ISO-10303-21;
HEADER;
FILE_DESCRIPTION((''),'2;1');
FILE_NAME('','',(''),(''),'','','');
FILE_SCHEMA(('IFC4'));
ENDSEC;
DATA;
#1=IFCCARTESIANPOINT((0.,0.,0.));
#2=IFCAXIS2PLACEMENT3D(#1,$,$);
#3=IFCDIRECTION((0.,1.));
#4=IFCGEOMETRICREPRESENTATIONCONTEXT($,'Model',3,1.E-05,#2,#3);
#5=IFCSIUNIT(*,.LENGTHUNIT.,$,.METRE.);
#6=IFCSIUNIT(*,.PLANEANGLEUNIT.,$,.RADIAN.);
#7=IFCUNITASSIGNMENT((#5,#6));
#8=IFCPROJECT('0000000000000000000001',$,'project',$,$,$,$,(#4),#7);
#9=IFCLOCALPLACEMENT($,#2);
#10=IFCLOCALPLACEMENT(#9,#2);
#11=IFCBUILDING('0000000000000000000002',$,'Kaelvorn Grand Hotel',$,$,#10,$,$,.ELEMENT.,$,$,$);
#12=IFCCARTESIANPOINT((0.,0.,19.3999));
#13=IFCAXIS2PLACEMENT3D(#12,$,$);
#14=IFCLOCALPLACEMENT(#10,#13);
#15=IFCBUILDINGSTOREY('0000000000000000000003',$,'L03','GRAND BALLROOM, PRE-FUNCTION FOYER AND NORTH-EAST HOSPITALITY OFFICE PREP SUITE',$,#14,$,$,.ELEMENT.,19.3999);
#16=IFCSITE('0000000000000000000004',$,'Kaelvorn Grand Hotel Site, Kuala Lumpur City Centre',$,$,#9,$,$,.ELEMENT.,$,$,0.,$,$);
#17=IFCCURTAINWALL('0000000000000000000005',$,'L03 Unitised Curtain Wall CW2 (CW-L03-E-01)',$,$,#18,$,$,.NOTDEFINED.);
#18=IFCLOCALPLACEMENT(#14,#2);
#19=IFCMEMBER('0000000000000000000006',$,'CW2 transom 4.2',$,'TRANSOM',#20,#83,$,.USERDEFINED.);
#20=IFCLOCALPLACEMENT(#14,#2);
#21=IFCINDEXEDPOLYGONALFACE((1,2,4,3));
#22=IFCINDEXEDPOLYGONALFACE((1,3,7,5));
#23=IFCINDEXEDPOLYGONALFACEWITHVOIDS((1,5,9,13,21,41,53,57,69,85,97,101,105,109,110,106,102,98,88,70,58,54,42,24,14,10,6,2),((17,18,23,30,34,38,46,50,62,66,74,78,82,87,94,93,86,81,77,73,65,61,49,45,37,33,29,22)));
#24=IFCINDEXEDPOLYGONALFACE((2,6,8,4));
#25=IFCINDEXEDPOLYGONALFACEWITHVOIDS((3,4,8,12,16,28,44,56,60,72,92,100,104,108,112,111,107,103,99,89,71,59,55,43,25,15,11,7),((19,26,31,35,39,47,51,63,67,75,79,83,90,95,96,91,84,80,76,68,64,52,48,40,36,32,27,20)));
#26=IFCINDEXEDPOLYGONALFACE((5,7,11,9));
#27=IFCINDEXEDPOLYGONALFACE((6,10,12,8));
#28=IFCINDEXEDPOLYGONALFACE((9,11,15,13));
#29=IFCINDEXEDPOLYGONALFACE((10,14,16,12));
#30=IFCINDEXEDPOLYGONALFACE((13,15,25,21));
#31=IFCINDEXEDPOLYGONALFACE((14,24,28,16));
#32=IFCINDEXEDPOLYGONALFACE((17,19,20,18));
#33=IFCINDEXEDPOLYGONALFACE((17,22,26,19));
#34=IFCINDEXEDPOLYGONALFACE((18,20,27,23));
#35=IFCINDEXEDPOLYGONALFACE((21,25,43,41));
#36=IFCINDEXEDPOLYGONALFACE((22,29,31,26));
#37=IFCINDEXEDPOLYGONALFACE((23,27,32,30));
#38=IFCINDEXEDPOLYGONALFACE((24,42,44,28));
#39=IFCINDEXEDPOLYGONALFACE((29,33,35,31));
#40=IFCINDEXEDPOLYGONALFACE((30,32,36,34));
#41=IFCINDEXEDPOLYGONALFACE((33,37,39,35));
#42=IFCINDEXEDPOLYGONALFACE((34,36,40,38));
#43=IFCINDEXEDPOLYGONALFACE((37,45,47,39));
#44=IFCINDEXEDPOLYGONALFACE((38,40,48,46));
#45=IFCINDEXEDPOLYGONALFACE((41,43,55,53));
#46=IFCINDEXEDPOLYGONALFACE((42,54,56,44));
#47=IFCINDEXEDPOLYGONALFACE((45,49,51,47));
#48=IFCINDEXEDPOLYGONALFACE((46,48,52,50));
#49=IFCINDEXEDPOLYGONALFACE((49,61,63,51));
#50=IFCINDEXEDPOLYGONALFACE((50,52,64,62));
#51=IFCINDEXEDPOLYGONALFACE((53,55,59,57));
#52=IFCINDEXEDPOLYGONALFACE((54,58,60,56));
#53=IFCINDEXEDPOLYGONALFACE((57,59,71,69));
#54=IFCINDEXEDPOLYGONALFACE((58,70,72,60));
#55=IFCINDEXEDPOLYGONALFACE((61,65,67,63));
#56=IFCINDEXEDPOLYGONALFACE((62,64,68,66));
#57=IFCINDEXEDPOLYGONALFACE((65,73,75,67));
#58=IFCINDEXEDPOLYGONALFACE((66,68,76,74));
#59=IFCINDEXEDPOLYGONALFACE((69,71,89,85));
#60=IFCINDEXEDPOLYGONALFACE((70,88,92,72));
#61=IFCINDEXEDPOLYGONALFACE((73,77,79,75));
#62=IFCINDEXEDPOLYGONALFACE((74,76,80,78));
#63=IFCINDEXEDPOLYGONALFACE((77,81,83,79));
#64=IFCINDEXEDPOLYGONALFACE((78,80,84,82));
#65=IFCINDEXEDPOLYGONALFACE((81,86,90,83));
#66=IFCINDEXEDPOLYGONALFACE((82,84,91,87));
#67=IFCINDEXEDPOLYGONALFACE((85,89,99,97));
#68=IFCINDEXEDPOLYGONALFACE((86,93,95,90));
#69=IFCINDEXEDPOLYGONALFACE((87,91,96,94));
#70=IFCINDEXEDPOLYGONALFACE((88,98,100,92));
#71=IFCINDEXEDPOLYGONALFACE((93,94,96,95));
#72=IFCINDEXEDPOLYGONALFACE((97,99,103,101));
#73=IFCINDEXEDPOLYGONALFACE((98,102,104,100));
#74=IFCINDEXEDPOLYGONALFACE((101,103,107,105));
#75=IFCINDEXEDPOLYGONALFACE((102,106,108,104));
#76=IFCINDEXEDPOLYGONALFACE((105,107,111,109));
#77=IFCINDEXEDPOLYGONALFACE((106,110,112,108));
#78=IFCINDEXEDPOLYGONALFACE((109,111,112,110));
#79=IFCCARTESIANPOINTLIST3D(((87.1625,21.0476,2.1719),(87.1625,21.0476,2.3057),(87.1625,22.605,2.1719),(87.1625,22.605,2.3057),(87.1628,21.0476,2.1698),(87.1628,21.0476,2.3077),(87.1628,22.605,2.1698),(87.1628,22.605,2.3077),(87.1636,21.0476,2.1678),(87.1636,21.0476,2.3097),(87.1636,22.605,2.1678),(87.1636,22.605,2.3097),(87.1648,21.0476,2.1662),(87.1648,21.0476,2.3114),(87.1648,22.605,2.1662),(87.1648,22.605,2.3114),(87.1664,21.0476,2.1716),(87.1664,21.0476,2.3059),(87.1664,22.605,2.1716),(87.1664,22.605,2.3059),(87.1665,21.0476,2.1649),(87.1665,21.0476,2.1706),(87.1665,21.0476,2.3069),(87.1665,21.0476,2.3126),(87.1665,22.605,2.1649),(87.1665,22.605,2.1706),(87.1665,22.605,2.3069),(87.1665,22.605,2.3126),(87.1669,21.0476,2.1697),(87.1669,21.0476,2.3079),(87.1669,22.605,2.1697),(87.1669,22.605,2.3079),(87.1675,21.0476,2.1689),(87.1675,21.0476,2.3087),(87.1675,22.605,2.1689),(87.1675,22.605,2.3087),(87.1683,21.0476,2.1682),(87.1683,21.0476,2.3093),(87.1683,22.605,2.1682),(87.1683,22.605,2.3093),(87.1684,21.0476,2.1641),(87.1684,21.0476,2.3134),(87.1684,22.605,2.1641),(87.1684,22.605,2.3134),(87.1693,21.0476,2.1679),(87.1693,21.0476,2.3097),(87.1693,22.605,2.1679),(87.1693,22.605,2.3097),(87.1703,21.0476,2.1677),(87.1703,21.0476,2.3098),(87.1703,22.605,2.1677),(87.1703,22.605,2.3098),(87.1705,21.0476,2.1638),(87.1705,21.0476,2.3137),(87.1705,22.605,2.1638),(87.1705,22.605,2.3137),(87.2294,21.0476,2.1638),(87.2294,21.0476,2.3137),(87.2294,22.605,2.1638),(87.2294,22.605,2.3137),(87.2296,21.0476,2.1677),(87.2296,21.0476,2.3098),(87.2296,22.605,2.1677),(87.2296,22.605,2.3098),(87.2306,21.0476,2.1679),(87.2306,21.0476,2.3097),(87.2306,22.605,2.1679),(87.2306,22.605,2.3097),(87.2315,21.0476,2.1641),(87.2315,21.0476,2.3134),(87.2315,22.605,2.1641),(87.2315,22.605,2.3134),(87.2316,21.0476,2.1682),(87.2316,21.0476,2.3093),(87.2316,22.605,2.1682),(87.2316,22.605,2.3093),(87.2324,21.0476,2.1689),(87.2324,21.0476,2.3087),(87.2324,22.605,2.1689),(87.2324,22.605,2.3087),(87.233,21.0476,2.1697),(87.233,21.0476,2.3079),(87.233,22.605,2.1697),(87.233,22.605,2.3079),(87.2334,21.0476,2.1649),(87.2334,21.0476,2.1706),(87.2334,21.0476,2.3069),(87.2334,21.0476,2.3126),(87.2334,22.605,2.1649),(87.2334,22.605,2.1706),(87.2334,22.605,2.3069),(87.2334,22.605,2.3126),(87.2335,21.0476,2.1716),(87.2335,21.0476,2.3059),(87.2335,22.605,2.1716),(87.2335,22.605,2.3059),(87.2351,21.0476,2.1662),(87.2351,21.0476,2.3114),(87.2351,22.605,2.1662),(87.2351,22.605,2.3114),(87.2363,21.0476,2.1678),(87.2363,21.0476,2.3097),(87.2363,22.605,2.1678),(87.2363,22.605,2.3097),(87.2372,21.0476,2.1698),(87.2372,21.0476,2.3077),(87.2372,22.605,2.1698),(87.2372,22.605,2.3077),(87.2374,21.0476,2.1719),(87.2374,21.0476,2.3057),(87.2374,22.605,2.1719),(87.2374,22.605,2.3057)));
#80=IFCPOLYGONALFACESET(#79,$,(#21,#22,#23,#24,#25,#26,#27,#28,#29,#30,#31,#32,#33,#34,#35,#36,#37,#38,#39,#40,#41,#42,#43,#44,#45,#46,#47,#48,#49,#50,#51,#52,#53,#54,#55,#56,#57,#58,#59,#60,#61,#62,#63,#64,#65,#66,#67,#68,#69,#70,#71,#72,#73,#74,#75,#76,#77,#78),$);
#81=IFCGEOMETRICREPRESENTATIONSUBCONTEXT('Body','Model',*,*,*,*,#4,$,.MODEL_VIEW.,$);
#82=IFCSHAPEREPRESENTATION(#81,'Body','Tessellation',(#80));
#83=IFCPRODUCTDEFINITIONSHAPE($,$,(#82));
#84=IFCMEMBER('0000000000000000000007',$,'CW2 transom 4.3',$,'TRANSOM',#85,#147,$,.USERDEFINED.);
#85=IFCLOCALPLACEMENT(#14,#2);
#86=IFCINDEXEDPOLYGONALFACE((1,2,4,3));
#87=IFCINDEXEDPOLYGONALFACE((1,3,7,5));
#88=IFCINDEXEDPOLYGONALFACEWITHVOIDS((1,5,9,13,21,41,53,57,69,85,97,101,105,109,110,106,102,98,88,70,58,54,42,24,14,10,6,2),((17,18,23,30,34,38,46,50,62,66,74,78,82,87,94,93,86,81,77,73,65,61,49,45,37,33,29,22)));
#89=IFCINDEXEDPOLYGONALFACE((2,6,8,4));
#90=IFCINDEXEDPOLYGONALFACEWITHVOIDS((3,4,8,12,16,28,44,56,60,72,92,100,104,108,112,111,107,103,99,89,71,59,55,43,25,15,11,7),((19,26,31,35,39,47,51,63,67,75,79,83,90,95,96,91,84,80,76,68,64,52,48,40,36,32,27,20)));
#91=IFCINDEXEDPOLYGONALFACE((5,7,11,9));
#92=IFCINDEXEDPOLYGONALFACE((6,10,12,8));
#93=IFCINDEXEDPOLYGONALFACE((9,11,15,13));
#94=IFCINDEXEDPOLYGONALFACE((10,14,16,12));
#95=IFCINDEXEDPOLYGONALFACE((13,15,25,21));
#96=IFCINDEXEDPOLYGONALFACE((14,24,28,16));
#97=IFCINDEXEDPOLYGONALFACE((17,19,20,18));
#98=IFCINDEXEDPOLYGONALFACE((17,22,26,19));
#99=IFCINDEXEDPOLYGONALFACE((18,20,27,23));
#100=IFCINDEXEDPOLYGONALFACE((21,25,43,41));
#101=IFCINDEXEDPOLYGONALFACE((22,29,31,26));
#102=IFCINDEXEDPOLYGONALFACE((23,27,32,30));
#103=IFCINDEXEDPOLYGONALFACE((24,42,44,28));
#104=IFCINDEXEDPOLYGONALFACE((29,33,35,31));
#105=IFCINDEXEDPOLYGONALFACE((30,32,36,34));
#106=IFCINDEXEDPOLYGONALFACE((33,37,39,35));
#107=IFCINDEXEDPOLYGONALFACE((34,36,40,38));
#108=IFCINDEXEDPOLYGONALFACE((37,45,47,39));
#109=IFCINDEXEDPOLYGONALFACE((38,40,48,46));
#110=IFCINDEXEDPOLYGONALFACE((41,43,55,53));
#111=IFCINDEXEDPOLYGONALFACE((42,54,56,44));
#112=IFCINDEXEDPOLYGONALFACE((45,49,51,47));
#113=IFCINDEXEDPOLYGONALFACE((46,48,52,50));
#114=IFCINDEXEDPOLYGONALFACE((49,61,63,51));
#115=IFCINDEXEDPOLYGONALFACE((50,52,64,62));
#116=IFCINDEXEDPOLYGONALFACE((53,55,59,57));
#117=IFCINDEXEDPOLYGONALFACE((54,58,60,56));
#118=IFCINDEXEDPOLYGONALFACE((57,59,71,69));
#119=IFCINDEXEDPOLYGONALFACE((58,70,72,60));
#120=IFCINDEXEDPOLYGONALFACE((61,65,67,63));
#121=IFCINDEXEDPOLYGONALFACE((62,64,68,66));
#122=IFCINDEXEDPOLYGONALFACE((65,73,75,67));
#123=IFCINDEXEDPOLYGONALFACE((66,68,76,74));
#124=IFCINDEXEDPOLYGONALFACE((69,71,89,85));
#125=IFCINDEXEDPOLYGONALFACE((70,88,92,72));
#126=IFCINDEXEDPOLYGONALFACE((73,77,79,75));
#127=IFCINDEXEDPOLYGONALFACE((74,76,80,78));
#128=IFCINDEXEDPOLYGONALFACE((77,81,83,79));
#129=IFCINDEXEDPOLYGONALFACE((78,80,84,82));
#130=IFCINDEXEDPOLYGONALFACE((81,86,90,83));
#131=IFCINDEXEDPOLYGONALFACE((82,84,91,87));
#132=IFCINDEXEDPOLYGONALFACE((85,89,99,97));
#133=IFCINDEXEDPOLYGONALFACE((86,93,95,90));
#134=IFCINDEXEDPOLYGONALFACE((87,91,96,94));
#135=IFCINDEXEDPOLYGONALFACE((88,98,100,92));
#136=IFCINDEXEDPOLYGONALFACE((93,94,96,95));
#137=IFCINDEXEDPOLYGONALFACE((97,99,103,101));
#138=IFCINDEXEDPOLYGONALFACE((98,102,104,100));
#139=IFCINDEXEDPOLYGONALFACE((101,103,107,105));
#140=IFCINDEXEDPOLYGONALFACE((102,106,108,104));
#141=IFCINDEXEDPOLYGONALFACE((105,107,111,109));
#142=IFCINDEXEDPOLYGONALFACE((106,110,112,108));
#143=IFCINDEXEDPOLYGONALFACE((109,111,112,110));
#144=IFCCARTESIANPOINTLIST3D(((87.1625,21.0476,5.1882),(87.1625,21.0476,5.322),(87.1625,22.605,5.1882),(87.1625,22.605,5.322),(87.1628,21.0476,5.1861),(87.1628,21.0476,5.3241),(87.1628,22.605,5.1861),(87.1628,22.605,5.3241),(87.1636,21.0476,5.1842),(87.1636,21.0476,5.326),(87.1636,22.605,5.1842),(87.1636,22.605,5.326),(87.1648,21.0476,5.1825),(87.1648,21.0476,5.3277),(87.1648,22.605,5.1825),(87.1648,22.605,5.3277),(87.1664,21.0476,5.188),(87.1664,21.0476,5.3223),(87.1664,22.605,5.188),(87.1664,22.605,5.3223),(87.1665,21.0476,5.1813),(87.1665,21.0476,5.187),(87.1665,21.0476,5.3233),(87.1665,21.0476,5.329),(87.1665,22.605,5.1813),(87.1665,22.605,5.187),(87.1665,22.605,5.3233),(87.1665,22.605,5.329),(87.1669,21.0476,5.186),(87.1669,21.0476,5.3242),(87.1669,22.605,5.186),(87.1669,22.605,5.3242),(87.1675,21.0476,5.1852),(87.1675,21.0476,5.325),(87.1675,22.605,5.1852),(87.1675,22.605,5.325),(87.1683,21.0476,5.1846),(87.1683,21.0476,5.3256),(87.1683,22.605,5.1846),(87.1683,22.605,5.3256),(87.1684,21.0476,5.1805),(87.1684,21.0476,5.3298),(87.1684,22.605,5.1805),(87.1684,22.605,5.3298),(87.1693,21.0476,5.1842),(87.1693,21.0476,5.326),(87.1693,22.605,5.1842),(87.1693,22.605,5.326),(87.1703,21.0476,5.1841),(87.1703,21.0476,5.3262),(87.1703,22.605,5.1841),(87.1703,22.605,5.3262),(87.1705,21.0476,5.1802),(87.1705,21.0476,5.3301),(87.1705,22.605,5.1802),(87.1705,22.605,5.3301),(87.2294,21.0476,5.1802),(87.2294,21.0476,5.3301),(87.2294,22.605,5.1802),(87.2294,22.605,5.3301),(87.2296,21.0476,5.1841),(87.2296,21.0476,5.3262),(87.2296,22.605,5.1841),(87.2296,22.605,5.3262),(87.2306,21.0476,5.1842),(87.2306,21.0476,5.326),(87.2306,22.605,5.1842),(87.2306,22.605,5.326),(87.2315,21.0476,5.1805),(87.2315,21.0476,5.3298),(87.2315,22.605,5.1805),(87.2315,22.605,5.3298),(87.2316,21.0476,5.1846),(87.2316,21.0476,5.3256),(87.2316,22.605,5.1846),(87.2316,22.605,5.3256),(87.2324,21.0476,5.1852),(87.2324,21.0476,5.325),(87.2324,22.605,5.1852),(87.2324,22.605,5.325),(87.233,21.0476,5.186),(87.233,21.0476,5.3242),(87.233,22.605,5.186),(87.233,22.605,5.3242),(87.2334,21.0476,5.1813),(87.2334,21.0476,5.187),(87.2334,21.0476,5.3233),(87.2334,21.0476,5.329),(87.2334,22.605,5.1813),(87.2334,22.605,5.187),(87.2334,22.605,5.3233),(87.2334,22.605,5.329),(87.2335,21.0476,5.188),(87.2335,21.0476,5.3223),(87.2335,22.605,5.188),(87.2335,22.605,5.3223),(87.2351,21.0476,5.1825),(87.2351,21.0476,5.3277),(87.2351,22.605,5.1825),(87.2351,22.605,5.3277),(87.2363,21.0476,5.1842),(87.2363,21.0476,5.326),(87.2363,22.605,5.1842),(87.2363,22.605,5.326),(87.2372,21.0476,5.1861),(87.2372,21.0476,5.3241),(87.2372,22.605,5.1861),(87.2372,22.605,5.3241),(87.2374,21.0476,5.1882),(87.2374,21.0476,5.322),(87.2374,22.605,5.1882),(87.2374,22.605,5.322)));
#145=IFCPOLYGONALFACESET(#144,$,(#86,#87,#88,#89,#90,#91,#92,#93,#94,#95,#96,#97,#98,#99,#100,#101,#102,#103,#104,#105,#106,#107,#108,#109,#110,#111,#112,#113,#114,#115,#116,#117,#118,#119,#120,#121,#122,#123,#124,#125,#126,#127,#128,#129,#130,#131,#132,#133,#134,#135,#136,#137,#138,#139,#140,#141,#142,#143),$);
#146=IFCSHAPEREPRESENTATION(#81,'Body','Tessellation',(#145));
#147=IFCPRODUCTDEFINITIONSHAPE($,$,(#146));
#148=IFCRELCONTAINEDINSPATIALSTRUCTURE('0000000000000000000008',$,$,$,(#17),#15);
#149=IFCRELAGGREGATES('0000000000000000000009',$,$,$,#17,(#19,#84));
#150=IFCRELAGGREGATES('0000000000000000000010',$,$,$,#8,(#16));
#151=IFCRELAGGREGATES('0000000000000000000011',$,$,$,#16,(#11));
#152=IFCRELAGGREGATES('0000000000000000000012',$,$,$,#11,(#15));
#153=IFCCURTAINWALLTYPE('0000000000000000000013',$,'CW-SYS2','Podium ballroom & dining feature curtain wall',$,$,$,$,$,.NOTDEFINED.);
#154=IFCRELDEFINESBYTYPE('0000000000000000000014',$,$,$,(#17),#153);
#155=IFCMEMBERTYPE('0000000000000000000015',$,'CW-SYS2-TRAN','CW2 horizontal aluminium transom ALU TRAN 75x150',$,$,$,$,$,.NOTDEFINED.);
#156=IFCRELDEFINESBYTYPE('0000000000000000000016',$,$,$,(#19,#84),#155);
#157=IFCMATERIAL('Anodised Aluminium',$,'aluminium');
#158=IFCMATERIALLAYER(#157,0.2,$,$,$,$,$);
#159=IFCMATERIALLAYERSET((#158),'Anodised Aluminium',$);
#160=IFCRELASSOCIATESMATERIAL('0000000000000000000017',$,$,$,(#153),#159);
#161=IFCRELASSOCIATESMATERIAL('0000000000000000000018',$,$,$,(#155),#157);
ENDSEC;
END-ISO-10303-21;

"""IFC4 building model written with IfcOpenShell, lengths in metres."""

from ifc_helpers import new_model, si_unit, direction, frame, origin, origin_2d, place, context, subcontext, project, spatial, hollow_rectangle, extrude, material, layer, layer_set, material_profile, profile_set, type_object, element, aggregate, save


model = new_model("IFC4")

# Units and contexts
model_context = context("Model", 3, precision=1e-05, world=origin(), true_north=direction((0.0, 1.0)))
body_context = subcontext(model_context, "Body", "Model", "MODEL_VIEW")
ifc_project = project(units=[si_unit("LENGTHUNIT", "METRE"), si_unit("PLANEANGLEUNIT", "RADIAN")], contexts=[model_context])

# Site, building, storey
site_placement = place(None, origin())
site = spatial("IfcSite", under=ifc_project, at=site_placement, Name="Kaelvorn Grand Hotel Site, Kuala Lumpur City Centre", CompositionType="ELEMENT", RefElevation=0.0)
building_placement = place(site_placement, origin())
building = spatial("IfcBuilding", under=site, at=building_placement, Name="Kaelvorn Grand Hotel", CompositionType="ELEMENT")
storey_placement = place(building_placement, frame((0.0, 0.0, 19.3999)))
storey = spatial("IfcBuildingStorey", under=building, at=storey_placement, Name="L03", Description="GRAND BALLROOM, PRE-FUNCTION FOYER AND NORTH-EAST HOSPITALITY OFFICE PREP SUITE", CompositionType="ELEMENT", Elevation=19.3999)

# Curtain wall
ifc_material_1 = material(Name="Anodised Aluminium", Category="aluminium")
ifc_layer_1 = layer(ifc_material_1, 0.2)
ifc_layer_set_1 = layer_set([ifc_layer_1], Name="Anodised Aluminium")
curtain_wall_type = type_object("IfcCurtainWallType", Name="CW-SYS2", Description="Podium ballroom & dining feature curtain wall", PredefinedType="NOTDEFINED", material=ifc_layer_set_1)
curtain_wall_1_placement = place(storey_placement, origin())
curtain_wall_1 = element("IfcCurtainWall", 1, at=curtain_wall_1_placement, inside=storey, type_object=curtain_wall_type, Name="L03 Unitised Curtain Wall CW2 (CW-L03-E-01)", PredefinedType="NOTDEFINED")

# Members
ifc_material_profile_1 = material_profile(ifc_material_1, hollow_rectangle(XDim=0.075, YDim=0.1499, WallThickness=0.0039, InnerFilletRadius=0.0039, OuterFilletRadius=0.0081, at=origin_2d()), Name="ALU TRAN 75x150")
ifc_profile_set_1 = profile_set([ifc_material_profile_1], Name="Anodised Aluminium")
member_type_1 = type_object("IfcMemberType", Name="CW-SYS2-TRAN", Description="CW2 horizontal aluminium transom ALU TRAN 75x150", PredefinedType="NOTDEFINED", material=ifc_profile_set_1)
member_1_placement = place(storey_placement, frame((87.2, 21.0476, 2.2388), z_axis=(0.0, 1.0, 0.0), x_axis=(-1.0, 0.0, 0.0)))
member_1 = element("IfcMember", 2, at=member_1_placement, type_object=member_type_1, Name="CW2 transom 4.2", ObjectType="TRANSOM", PredefinedType="USERDEFINED", context=body_context, shape_type="SweptSolid", body=[
    extrude(hollow_rectangle(XDim=0.075, YDim=0.1499, WallThickness=0.0039, InnerFilletRadius=0.0039, OuterFilletRadius=0.0081, at=origin_2d()), origin(), (0.0, 0.0, 1.0), 1.5574),
])
member_2_placement = place(storey_placement, frame((87.2, 21.0476, 5.2551), z_axis=(0.0, 1.0, 0.0), x_axis=(-1.0, 0.0, 0.0)))
member_2 = element("IfcMember", 3, at=member_2_placement, type_object=member_type_1, Name="CW2 transom 4.3", ObjectType="TRANSOM", PredefinedType="USERDEFINED", context=body_context, shape_type="SweptSolid", body=[
    extrude(hollow_rectangle(XDim=0.075, YDim=0.1499, WallThickness=0.0039, InnerFilletRadius=0.0039, OuterFilletRadius=0.0081, at=origin_2d()), origin(), (0.0, 0.0, 1.0), 1.5574),
])

aggregate(curtain_wall_1, [member_1, member_2])

save(model, "model.ifc")
